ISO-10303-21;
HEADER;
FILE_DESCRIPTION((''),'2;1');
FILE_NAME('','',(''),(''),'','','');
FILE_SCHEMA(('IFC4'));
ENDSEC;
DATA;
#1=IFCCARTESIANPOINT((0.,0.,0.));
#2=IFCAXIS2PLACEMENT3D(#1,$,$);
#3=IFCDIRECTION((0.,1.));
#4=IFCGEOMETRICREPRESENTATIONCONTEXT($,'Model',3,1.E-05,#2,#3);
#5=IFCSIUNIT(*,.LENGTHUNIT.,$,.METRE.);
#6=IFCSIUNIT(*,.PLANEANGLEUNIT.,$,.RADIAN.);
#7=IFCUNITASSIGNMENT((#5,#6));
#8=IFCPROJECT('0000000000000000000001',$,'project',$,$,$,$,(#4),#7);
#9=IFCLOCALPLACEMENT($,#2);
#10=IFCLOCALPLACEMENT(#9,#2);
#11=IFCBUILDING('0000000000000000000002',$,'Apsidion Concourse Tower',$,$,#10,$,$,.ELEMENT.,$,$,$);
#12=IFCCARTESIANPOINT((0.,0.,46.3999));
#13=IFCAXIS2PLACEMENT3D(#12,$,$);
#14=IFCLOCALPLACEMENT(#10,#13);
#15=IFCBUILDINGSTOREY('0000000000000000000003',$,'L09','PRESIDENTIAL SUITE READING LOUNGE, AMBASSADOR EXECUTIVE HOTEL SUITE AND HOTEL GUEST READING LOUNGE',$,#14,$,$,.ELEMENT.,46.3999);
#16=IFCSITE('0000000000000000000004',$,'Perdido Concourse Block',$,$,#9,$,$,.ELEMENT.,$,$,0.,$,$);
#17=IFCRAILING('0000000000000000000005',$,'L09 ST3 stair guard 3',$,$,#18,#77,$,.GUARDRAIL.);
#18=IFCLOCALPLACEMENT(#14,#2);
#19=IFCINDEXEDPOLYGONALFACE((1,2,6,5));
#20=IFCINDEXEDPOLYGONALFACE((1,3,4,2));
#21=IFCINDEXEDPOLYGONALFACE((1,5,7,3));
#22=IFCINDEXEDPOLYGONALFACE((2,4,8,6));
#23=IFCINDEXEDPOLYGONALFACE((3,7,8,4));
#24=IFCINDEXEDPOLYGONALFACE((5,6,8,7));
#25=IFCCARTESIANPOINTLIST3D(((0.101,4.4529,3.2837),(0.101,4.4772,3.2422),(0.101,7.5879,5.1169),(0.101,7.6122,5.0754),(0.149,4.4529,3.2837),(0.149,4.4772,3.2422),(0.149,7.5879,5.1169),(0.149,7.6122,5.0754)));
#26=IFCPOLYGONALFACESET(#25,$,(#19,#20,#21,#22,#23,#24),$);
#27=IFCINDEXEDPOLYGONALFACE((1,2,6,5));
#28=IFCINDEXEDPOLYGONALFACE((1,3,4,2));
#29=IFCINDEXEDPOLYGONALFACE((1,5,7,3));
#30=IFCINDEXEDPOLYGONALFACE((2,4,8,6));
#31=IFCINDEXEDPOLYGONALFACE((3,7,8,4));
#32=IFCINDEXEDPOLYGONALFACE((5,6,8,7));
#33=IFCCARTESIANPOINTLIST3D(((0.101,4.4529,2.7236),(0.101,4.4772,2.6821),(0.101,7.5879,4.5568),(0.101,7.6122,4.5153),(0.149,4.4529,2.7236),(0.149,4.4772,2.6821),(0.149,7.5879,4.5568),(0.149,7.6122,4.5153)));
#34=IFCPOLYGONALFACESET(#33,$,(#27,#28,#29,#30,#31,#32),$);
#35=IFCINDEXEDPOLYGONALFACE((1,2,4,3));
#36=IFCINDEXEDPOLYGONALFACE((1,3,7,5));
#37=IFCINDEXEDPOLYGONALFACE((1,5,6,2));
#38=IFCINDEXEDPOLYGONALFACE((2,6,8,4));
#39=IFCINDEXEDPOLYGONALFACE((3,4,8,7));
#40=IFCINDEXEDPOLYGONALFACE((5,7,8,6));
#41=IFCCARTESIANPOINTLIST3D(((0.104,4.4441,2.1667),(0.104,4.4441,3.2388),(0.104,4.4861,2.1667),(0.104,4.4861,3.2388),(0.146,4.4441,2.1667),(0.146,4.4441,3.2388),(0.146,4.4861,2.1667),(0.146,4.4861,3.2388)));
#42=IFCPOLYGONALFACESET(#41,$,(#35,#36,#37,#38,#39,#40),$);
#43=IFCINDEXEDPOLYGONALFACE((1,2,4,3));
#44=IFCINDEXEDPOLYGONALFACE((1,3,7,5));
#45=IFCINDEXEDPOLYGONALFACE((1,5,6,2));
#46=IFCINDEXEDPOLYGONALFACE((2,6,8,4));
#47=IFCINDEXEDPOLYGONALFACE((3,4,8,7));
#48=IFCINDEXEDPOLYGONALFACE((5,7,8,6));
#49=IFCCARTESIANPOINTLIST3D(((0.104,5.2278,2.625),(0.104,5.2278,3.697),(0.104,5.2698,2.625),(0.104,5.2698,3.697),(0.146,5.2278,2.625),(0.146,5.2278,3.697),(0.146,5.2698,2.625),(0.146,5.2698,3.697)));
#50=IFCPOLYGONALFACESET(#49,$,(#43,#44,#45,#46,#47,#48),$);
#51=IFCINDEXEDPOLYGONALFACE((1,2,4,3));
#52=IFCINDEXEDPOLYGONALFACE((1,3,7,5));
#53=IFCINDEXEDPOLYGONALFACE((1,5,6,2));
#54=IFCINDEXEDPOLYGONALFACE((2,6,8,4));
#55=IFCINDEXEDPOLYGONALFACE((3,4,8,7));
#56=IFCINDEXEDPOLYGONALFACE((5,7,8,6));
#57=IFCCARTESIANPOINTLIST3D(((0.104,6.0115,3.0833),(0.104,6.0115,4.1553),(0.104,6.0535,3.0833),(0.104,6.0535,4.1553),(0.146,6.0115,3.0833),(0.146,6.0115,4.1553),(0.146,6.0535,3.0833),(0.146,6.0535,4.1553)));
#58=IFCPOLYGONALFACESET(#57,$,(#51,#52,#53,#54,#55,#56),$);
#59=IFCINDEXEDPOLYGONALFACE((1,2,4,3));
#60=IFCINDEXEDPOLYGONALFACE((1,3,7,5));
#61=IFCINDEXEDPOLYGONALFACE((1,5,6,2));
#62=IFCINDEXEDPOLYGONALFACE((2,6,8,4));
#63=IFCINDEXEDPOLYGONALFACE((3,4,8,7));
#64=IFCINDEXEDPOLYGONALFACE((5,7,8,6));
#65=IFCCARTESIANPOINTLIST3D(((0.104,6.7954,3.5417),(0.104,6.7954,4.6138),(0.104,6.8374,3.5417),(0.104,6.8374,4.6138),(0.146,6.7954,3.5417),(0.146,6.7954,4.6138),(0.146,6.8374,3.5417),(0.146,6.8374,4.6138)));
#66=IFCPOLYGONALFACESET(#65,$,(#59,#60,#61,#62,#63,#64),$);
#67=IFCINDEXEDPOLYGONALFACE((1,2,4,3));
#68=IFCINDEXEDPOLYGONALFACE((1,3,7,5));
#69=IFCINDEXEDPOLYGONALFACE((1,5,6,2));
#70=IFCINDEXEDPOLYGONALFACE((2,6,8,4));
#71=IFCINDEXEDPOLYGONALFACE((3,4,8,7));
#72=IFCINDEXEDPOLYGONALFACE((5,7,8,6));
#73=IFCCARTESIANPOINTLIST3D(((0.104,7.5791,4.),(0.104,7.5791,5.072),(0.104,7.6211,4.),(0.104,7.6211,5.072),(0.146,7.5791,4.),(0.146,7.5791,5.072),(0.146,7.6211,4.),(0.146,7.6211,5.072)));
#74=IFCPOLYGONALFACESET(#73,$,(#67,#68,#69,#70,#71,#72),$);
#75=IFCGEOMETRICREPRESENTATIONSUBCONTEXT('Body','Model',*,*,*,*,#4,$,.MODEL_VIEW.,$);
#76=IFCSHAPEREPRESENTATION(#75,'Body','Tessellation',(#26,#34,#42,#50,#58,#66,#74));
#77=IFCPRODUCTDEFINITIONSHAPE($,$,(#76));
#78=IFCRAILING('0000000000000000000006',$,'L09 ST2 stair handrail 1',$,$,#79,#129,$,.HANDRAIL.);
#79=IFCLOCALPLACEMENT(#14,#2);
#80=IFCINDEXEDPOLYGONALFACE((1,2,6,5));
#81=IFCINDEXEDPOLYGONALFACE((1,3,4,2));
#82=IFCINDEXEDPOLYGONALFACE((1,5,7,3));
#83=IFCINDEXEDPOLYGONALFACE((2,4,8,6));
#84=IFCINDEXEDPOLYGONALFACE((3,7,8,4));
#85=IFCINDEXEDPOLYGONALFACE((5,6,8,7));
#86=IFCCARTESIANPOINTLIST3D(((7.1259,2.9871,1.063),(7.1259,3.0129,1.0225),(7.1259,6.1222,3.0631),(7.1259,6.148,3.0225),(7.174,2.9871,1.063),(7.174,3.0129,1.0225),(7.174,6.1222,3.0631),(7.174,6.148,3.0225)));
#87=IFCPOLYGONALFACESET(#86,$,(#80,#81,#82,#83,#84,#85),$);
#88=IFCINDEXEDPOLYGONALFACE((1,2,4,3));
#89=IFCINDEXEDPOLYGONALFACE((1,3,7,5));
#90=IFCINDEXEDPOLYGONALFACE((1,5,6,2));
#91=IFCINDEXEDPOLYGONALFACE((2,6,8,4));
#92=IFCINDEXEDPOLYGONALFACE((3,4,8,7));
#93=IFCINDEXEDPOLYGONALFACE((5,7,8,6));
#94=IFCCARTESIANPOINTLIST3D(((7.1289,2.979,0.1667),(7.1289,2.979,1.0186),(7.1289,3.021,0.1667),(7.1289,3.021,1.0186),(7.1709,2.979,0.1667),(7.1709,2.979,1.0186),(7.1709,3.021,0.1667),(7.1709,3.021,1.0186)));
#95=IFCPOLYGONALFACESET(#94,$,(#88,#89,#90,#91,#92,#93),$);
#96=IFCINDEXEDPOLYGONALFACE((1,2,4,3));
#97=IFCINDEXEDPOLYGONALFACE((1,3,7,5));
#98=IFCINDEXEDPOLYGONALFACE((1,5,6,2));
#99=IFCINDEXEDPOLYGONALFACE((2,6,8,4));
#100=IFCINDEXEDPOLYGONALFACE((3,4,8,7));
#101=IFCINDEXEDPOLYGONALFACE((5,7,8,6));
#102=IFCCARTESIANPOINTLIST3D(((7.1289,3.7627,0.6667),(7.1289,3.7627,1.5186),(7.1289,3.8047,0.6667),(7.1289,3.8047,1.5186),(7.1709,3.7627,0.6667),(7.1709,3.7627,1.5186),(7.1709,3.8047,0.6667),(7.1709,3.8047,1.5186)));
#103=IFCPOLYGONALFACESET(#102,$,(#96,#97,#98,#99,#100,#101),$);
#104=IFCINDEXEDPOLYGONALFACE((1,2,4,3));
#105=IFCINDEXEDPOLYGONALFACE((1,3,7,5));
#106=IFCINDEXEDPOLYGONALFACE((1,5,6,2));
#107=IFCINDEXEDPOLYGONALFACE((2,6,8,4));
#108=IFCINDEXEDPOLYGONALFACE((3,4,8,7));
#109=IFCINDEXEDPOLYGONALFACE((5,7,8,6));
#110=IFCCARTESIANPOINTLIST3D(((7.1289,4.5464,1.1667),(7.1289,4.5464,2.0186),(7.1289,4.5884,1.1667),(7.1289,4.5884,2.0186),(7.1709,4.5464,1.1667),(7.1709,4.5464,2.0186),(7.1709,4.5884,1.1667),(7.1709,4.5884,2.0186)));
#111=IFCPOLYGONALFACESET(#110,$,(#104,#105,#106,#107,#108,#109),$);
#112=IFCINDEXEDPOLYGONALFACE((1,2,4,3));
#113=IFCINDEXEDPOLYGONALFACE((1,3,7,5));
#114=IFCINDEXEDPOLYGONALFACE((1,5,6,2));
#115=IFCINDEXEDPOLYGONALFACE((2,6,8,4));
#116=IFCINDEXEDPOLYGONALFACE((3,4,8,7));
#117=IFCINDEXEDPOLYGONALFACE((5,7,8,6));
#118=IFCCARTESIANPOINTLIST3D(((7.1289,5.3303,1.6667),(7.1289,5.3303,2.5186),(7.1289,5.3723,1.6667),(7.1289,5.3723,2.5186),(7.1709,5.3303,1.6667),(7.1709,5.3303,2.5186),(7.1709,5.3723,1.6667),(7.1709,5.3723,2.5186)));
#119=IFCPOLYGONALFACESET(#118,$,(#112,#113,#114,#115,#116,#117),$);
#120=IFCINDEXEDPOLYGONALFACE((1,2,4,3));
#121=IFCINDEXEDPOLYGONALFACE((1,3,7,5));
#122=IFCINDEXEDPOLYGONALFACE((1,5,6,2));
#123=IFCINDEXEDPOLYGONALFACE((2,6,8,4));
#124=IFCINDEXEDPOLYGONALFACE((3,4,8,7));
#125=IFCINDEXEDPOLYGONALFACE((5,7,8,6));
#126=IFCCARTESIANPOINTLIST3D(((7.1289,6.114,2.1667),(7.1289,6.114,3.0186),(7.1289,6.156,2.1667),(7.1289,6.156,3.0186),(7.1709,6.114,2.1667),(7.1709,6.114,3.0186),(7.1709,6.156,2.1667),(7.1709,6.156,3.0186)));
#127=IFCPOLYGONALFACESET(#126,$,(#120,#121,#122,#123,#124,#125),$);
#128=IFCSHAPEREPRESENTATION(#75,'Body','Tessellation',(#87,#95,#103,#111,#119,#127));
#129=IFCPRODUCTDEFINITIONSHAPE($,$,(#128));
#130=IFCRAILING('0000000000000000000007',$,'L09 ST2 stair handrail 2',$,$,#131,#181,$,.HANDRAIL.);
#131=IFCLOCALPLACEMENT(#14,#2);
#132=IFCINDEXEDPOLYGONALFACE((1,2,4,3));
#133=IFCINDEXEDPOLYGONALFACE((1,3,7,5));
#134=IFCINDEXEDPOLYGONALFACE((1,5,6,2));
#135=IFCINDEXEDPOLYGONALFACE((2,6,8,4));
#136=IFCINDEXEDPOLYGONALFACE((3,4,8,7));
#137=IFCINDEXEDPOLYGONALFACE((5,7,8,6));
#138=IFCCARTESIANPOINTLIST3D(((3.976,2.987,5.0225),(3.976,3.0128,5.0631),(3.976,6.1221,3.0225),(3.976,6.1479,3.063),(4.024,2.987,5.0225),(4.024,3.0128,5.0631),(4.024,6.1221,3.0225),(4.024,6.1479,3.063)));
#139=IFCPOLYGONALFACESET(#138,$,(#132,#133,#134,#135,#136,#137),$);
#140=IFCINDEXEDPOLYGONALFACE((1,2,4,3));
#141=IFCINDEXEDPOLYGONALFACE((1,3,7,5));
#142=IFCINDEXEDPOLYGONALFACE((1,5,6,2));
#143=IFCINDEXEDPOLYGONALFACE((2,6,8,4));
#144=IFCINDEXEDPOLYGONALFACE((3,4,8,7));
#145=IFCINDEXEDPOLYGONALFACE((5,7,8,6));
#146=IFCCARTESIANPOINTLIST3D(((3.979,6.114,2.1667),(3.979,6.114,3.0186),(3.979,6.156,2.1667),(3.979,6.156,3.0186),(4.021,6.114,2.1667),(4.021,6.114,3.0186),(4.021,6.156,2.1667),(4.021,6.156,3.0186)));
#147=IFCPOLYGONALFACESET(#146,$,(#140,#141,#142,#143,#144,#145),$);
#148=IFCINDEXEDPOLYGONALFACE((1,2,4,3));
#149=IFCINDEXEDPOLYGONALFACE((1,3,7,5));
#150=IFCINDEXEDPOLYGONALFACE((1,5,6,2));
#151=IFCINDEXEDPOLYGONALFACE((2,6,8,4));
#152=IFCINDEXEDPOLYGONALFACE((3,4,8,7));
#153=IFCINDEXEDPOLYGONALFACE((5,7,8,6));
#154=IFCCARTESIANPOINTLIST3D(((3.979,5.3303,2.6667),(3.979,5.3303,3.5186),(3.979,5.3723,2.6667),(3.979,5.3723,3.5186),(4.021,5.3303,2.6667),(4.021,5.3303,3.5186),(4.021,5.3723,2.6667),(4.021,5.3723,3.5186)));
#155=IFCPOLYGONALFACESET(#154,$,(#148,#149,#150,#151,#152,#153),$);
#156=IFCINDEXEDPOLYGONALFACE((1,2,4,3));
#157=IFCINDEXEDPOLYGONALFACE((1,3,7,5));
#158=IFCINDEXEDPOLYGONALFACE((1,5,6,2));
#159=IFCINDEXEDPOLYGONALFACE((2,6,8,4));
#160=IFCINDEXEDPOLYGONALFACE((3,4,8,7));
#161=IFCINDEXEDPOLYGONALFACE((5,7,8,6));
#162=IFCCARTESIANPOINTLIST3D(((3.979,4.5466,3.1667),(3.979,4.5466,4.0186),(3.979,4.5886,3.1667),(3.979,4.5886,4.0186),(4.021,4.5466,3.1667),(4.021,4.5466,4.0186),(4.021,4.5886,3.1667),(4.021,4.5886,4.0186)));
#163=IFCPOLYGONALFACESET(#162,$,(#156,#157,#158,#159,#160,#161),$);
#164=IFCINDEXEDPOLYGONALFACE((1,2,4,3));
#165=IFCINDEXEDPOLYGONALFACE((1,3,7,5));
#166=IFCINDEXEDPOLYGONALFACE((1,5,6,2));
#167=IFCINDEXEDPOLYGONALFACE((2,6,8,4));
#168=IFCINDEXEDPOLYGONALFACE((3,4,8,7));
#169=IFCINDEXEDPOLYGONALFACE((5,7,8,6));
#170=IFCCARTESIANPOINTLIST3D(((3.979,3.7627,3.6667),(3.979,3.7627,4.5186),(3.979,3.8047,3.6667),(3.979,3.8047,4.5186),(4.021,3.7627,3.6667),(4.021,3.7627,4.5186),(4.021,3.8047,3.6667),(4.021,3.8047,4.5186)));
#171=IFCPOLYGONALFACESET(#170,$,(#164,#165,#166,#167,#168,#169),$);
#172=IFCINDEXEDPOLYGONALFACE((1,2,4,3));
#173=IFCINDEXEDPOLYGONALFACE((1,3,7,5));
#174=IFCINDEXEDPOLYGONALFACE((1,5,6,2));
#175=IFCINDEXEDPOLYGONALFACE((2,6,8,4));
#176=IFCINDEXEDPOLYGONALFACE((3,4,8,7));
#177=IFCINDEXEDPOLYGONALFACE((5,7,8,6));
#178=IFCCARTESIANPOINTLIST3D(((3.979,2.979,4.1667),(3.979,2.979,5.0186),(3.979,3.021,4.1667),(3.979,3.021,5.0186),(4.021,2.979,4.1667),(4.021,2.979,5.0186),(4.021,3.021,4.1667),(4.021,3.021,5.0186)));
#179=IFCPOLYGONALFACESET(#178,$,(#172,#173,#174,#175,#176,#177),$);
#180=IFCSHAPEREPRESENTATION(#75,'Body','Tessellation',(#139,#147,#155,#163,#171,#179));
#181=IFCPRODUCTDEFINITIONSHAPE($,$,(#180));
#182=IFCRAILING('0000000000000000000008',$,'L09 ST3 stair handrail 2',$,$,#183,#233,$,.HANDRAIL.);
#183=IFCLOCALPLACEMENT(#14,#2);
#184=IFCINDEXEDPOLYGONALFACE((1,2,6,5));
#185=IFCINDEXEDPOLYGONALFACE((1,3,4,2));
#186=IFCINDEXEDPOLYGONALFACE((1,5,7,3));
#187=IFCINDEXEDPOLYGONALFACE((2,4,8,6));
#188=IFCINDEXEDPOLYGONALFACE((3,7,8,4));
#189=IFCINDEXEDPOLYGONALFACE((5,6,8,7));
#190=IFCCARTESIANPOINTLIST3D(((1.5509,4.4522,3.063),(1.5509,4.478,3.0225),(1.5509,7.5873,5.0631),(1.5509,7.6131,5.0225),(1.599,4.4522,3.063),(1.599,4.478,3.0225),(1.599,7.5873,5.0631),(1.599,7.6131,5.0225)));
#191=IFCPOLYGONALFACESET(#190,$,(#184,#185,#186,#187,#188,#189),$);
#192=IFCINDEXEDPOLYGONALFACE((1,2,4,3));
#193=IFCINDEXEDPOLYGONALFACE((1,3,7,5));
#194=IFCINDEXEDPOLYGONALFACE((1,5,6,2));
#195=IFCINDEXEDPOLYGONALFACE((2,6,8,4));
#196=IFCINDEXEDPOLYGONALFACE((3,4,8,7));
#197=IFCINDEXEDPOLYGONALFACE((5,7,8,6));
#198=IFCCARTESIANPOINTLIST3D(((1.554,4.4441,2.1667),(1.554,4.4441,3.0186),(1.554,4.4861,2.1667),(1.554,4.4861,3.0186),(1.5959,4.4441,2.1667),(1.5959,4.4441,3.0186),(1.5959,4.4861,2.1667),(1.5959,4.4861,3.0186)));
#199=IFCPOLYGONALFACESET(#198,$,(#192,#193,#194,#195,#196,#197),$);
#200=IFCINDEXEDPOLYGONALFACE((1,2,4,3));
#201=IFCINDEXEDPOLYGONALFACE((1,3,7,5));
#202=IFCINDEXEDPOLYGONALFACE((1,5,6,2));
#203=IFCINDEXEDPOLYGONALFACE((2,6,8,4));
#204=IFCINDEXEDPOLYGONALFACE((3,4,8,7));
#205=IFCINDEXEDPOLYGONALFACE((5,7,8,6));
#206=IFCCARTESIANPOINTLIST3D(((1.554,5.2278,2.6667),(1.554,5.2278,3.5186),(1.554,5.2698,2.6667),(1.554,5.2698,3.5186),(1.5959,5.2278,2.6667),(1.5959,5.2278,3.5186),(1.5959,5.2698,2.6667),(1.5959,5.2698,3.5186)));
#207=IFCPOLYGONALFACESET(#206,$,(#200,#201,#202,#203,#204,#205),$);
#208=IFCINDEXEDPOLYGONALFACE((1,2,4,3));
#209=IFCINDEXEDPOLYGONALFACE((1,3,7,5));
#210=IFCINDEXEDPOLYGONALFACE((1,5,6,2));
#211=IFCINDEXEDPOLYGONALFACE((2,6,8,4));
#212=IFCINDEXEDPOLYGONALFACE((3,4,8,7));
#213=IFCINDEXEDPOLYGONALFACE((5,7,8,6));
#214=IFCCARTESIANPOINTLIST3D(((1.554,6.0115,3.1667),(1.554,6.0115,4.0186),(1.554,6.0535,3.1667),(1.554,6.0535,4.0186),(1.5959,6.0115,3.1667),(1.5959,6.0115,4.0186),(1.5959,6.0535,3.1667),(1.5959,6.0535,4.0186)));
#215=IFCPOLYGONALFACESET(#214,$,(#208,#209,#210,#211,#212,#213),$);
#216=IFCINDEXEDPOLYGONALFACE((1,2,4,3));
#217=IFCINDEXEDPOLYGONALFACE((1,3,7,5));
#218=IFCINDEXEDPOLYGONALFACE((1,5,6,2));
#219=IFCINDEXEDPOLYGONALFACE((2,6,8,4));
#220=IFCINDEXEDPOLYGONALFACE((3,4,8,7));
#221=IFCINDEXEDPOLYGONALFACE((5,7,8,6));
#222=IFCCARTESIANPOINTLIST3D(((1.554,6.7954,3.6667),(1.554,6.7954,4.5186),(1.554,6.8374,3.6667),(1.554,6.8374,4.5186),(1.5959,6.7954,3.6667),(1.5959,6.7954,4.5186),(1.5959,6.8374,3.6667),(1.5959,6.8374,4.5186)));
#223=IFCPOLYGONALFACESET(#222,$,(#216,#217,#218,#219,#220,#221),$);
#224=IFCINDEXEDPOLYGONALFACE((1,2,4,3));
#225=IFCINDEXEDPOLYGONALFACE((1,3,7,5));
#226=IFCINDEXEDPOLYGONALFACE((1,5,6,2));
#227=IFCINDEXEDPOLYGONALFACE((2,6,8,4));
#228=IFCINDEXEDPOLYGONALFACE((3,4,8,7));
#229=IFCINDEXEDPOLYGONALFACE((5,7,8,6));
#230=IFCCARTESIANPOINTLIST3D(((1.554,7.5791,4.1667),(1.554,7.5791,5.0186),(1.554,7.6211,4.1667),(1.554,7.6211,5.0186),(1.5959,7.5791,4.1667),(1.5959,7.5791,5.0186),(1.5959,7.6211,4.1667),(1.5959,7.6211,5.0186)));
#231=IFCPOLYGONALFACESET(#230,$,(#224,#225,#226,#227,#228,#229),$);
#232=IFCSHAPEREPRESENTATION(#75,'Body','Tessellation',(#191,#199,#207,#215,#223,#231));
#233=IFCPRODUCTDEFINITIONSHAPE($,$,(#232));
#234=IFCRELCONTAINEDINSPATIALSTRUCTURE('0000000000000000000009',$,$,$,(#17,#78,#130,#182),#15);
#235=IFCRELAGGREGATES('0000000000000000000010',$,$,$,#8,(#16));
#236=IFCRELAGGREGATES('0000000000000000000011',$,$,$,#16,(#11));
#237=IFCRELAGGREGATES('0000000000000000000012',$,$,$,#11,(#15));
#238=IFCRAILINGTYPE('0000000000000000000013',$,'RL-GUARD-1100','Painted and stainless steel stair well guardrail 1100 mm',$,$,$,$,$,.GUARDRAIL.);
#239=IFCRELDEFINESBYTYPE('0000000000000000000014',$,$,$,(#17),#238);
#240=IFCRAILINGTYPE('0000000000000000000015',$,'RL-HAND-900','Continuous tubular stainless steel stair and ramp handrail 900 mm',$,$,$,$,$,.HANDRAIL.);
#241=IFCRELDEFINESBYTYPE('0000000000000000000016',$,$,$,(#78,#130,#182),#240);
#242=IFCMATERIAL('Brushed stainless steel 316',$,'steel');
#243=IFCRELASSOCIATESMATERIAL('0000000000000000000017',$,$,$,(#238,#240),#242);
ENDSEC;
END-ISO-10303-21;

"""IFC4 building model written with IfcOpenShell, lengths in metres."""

from ifc_helpers import new_model, si_unit, direction, frame, origin, origin_2d, place, context, subcontext, project, spatial, rectangle, extrude, material, type_object, element, save


model = new_model("IFC4")

# Units and contexts
model_context = context("Model", 3, precision=1e-05, world=origin(), true_north=direction((0.0, 1.0)))
body_context = subcontext(model_context, "Body", "Model", "MODEL_VIEW")
ifc_project = project(units=[si_unit("LENGTHUNIT", "METRE"), si_unit("PLANEANGLEUNIT", "RADIAN")], contexts=[model_context])

# Site, building, storey
site_placement = place(None, origin())
site = spatial("IfcSite", under=ifc_project, at=site_placement, Name="Perdido Concourse Block", CompositionType="ELEMENT", RefElevation=0.0)
building_placement = place(site_placement, origin())
building = spatial("IfcBuilding", under=site, at=building_placement, Name="Apsidion Concourse Tower", CompositionType="ELEMENT")
storey_placement = place(building_placement, frame((0.0, 0.0, 46.3999)))
storey = spatial("IfcBuildingStorey", under=building, at=storey_placement, Name="L09", Description="PRESIDENTIAL SUITE READING LOUNGE, AMBASSADOR EXECUTIVE HOTEL SUITE AND HOTEL GUEST READING LOUNGE", CompositionType="ELEMENT", Elevation=46.3999)

# Railings
ifc_material_1 = material(Name="Brushed stainless steel 316", Category="steel")
railing_type_1 = type_object("IfcRailingType", Name="RL-GUARD-1100", Description="Painted and stainless steel stair well guardrail 1100 mm", PredefinedType="GUARDRAIL", material=ifc_material_1)
railing_1_placement = place(storey_placement, frame((0.125, 4.4651, 2.1667)))
element("IfcRailing", 1, at=railing_1_placement, inside=storey, type_object=railing_type_1, Name="L09 ST3 stair guard 3", PredefinedType="GUARDRAIL", context=body_context, shape_type="SweptSolid", body=[
    extrude(rectangle(XDim=0.0481, YDim=0.0481, at=origin_2d()), frame((0.0, 0.0, 1.0962), z_axis=(0.0, 0.86324, 0.504794), x_axis=(-1.0, 0.0, 0.0)), (0.0, 0.0, 1.0), 3.6316),
    extrude(rectangle(XDim=0.0481, YDim=0.0481, at=origin_2d()), frame((0.0, 0.0, 0.5361), z_axis=(0.0, 0.86324, 0.504794), x_axis=(-1.0, 0.0, 0.0)), (0.0, 0.0, 1.0), 3.6316),
    extrude(rectangle(XDim=0.042, YDim=0.042, at=origin_2d()), origin(), (0.0, 0.0, 1.0), 1.072),
    extrude(rectangle(XDim=0.042, YDim=0.042, at=origin_2d()), frame((0.0, 0.7837, 0.4583)), (0.0, 0.0, 1.0), 1.072),
    extrude(rectangle(XDim=0.042, YDim=0.042, at=origin_2d()), frame((0.0, 1.5674, 0.9165)), (0.0, 0.0, 1.0), 1.072),
    extrude(rectangle(XDim=0.042, YDim=0.042, at=origin_2d()), frame((0.0, 2.3513, 1.375)), (0.0, 0.0, 1.0), 1.072),
    extrude(rectangle(XDim=0.042, YDim=0.042, at=origin_2d()), frame((0.0, 3.135, 1.8333)), (0.0, 0.0, 1.0), 1.072),
])
railing_type_2 = type_object("IfcRailingType", Name="RL-HAND-900", Description="Continuous tubular stainless steel stair and ramp handrail 900 mm", PredefinedType="HANDRAIL", material=ifc_material_1)
railing_2_placement = place(storey_placement, frame((7.1499, 3.0, 0.1667)))
element("IfcRailing", 2, at=railing_2_placement, inside=storey, type_object=railing_type_2, Name="L09 ST2 stair handrail 1", PredefinedType="HANDRAIL", context=body_context, shape_type="SweptSolid", body=[
    extrude(rectangle(XDim=0.0481, YDim=0.0481, at=origin_2d()), frame((0.0, 0.0, 0.876), z_axis=(0.0, 0.843053, 0.537831), x_axis=(-1.0, 0.0, 0.0)), (0.0, 0.0, 1.0), 3.7188),
    extrude(rectangle(XDim=0.042, YDim=0.042, at=origin_2d()), origin(), (0.0, 0.0, 1.0), 0.8518),
    extrude(rectangle(XDim=0.042, YDim=0.042, at=origin_2d()), frame((0.0, 0.7837, 0.5)), (0.0, 0.0, 1.0), 0.8518),
    extrude(rectangle(XDim=0.042, YDim=0.042, at=origin_2d()), frame((0.0, 1.5674, 1.0)), (0.0, 0.0, 1.0), 0.8518),
    extrude(rectangle(XDim=0.042, YDim=0.042, at=origin_2d()), frame((0.0, 2.3513, 1.5)), (0.0, 0.0, 1.0), 0.8518),
    extrude(rectangle(XDim=0.042, YDim=0.042, at=origin_2d()), frame((0.0, 3.135, 2.0)), (0.0, 0.0, 1.0), 0.8518),
])
railing_3_placement = place(storey_placement, frame((4.0, 6.135, 2.1667)))
element("IfcRailing", 3, at=railing_3_placement, inside=storey, type_object=railing_type_2, Name="L09 ST2 stair handrail 2", PredefinedType="HANDRAIL", context=body_context, shape_type="SweptSolid", body=[
    extrude(rectangle(XDim=0.0481, YDim=0.0481, at=origin_2d()), frame((0.0, 0.0, 0.876), z_axis=(0.0, -0.843053, 0.537831), x_axis=(1.0, 0.0, 0.0)), (0.0, 0.0, 1.0), 3.7188),
    extrude(rectangle(XDim=0.042, YDim=0.042, at=origin_2d()), origin(), (0.0, 0.0, 1.0), 0.8518),
    extrude(rectangle(XDim=0.042, YDim=0.042, at=origin_2d()), frame((0.0, -0.7837, 0.5)), (0.0, 0.0, 1.0), 0.8518),
    extrude(rectangle(XDim=0.042, YDim=0.042, at=origin_2d()), frame((0.0, -1.5674, 1.0)), (0.0, 0.0, 1.0), 0.8518),
    extrude(rectangle(XDim=0.042, YDim=0.042, at=origin_2d()), frame((0.0, -2.3513, 1.5)), (0.0, 0.0, 1.0), 0.8518),
    extrude(rectangle(XDim=0.042, YDim=0.042, at=origin_2d()), frame((0.0, -3.135, 2.0)), (0.0, 0.0, 1.0), 0.8518),
])
railing_4_placement = place(storey_placement, frame((1.575, 4.4651, 2.1667)))
element("IfcRailing", 4, at=railing_4_placement, inside=storey, type_object=railing_type_2, Name="L09 ST3 stair handrail 2", PredefinedType="HANDRAIL", context=body_context, shape_type="SweptSolid", body=[
    extrude(rectangle(XDim=0.0481, YDim=0.0481, at=origin_2d()), frame((0.0, 0.0, 0.876), z_axis=(0.0, 0.843053, 0.537831), x_axis=(-1.0, 0.0, 0.0)), (0.0, 0.0, 1.0), 3.7188),
    extrude(rectangle(XDim=0.042, YDim=0.042, at=origin_2d()), origin(), (0.0, 0.0, 1.0), 0.8518),
    extrude(rectangle(XDim=0.042, YDim=0.042, at=origin_2d()), frame((0.0, 0.7837, 0.5)), (0.0, 0.0, 1.0), 0.8518),
    extrude(rectangle(XDim=0.042, YDim=0.042, at=origin_2d()), frame((0.0, 1.5674, 1.0)), (0.0, 0.0, 1.0), 0.8518),
    extrude(rectangle(XDim=0.042, YDim=0.042, at=origin_2d()), frame((0.0, 2.3513, 1.5)), (0.0, 0.0, 1.0), 0.8518),
    extrude(rectangle(XDim=0.042, YDim=0.042, at=origin_2d()), frame((0.0, 3.135, 2.0)), (0.0, 0.0, 1.0), 0.8518),
])

save(model, "model.ifc")
